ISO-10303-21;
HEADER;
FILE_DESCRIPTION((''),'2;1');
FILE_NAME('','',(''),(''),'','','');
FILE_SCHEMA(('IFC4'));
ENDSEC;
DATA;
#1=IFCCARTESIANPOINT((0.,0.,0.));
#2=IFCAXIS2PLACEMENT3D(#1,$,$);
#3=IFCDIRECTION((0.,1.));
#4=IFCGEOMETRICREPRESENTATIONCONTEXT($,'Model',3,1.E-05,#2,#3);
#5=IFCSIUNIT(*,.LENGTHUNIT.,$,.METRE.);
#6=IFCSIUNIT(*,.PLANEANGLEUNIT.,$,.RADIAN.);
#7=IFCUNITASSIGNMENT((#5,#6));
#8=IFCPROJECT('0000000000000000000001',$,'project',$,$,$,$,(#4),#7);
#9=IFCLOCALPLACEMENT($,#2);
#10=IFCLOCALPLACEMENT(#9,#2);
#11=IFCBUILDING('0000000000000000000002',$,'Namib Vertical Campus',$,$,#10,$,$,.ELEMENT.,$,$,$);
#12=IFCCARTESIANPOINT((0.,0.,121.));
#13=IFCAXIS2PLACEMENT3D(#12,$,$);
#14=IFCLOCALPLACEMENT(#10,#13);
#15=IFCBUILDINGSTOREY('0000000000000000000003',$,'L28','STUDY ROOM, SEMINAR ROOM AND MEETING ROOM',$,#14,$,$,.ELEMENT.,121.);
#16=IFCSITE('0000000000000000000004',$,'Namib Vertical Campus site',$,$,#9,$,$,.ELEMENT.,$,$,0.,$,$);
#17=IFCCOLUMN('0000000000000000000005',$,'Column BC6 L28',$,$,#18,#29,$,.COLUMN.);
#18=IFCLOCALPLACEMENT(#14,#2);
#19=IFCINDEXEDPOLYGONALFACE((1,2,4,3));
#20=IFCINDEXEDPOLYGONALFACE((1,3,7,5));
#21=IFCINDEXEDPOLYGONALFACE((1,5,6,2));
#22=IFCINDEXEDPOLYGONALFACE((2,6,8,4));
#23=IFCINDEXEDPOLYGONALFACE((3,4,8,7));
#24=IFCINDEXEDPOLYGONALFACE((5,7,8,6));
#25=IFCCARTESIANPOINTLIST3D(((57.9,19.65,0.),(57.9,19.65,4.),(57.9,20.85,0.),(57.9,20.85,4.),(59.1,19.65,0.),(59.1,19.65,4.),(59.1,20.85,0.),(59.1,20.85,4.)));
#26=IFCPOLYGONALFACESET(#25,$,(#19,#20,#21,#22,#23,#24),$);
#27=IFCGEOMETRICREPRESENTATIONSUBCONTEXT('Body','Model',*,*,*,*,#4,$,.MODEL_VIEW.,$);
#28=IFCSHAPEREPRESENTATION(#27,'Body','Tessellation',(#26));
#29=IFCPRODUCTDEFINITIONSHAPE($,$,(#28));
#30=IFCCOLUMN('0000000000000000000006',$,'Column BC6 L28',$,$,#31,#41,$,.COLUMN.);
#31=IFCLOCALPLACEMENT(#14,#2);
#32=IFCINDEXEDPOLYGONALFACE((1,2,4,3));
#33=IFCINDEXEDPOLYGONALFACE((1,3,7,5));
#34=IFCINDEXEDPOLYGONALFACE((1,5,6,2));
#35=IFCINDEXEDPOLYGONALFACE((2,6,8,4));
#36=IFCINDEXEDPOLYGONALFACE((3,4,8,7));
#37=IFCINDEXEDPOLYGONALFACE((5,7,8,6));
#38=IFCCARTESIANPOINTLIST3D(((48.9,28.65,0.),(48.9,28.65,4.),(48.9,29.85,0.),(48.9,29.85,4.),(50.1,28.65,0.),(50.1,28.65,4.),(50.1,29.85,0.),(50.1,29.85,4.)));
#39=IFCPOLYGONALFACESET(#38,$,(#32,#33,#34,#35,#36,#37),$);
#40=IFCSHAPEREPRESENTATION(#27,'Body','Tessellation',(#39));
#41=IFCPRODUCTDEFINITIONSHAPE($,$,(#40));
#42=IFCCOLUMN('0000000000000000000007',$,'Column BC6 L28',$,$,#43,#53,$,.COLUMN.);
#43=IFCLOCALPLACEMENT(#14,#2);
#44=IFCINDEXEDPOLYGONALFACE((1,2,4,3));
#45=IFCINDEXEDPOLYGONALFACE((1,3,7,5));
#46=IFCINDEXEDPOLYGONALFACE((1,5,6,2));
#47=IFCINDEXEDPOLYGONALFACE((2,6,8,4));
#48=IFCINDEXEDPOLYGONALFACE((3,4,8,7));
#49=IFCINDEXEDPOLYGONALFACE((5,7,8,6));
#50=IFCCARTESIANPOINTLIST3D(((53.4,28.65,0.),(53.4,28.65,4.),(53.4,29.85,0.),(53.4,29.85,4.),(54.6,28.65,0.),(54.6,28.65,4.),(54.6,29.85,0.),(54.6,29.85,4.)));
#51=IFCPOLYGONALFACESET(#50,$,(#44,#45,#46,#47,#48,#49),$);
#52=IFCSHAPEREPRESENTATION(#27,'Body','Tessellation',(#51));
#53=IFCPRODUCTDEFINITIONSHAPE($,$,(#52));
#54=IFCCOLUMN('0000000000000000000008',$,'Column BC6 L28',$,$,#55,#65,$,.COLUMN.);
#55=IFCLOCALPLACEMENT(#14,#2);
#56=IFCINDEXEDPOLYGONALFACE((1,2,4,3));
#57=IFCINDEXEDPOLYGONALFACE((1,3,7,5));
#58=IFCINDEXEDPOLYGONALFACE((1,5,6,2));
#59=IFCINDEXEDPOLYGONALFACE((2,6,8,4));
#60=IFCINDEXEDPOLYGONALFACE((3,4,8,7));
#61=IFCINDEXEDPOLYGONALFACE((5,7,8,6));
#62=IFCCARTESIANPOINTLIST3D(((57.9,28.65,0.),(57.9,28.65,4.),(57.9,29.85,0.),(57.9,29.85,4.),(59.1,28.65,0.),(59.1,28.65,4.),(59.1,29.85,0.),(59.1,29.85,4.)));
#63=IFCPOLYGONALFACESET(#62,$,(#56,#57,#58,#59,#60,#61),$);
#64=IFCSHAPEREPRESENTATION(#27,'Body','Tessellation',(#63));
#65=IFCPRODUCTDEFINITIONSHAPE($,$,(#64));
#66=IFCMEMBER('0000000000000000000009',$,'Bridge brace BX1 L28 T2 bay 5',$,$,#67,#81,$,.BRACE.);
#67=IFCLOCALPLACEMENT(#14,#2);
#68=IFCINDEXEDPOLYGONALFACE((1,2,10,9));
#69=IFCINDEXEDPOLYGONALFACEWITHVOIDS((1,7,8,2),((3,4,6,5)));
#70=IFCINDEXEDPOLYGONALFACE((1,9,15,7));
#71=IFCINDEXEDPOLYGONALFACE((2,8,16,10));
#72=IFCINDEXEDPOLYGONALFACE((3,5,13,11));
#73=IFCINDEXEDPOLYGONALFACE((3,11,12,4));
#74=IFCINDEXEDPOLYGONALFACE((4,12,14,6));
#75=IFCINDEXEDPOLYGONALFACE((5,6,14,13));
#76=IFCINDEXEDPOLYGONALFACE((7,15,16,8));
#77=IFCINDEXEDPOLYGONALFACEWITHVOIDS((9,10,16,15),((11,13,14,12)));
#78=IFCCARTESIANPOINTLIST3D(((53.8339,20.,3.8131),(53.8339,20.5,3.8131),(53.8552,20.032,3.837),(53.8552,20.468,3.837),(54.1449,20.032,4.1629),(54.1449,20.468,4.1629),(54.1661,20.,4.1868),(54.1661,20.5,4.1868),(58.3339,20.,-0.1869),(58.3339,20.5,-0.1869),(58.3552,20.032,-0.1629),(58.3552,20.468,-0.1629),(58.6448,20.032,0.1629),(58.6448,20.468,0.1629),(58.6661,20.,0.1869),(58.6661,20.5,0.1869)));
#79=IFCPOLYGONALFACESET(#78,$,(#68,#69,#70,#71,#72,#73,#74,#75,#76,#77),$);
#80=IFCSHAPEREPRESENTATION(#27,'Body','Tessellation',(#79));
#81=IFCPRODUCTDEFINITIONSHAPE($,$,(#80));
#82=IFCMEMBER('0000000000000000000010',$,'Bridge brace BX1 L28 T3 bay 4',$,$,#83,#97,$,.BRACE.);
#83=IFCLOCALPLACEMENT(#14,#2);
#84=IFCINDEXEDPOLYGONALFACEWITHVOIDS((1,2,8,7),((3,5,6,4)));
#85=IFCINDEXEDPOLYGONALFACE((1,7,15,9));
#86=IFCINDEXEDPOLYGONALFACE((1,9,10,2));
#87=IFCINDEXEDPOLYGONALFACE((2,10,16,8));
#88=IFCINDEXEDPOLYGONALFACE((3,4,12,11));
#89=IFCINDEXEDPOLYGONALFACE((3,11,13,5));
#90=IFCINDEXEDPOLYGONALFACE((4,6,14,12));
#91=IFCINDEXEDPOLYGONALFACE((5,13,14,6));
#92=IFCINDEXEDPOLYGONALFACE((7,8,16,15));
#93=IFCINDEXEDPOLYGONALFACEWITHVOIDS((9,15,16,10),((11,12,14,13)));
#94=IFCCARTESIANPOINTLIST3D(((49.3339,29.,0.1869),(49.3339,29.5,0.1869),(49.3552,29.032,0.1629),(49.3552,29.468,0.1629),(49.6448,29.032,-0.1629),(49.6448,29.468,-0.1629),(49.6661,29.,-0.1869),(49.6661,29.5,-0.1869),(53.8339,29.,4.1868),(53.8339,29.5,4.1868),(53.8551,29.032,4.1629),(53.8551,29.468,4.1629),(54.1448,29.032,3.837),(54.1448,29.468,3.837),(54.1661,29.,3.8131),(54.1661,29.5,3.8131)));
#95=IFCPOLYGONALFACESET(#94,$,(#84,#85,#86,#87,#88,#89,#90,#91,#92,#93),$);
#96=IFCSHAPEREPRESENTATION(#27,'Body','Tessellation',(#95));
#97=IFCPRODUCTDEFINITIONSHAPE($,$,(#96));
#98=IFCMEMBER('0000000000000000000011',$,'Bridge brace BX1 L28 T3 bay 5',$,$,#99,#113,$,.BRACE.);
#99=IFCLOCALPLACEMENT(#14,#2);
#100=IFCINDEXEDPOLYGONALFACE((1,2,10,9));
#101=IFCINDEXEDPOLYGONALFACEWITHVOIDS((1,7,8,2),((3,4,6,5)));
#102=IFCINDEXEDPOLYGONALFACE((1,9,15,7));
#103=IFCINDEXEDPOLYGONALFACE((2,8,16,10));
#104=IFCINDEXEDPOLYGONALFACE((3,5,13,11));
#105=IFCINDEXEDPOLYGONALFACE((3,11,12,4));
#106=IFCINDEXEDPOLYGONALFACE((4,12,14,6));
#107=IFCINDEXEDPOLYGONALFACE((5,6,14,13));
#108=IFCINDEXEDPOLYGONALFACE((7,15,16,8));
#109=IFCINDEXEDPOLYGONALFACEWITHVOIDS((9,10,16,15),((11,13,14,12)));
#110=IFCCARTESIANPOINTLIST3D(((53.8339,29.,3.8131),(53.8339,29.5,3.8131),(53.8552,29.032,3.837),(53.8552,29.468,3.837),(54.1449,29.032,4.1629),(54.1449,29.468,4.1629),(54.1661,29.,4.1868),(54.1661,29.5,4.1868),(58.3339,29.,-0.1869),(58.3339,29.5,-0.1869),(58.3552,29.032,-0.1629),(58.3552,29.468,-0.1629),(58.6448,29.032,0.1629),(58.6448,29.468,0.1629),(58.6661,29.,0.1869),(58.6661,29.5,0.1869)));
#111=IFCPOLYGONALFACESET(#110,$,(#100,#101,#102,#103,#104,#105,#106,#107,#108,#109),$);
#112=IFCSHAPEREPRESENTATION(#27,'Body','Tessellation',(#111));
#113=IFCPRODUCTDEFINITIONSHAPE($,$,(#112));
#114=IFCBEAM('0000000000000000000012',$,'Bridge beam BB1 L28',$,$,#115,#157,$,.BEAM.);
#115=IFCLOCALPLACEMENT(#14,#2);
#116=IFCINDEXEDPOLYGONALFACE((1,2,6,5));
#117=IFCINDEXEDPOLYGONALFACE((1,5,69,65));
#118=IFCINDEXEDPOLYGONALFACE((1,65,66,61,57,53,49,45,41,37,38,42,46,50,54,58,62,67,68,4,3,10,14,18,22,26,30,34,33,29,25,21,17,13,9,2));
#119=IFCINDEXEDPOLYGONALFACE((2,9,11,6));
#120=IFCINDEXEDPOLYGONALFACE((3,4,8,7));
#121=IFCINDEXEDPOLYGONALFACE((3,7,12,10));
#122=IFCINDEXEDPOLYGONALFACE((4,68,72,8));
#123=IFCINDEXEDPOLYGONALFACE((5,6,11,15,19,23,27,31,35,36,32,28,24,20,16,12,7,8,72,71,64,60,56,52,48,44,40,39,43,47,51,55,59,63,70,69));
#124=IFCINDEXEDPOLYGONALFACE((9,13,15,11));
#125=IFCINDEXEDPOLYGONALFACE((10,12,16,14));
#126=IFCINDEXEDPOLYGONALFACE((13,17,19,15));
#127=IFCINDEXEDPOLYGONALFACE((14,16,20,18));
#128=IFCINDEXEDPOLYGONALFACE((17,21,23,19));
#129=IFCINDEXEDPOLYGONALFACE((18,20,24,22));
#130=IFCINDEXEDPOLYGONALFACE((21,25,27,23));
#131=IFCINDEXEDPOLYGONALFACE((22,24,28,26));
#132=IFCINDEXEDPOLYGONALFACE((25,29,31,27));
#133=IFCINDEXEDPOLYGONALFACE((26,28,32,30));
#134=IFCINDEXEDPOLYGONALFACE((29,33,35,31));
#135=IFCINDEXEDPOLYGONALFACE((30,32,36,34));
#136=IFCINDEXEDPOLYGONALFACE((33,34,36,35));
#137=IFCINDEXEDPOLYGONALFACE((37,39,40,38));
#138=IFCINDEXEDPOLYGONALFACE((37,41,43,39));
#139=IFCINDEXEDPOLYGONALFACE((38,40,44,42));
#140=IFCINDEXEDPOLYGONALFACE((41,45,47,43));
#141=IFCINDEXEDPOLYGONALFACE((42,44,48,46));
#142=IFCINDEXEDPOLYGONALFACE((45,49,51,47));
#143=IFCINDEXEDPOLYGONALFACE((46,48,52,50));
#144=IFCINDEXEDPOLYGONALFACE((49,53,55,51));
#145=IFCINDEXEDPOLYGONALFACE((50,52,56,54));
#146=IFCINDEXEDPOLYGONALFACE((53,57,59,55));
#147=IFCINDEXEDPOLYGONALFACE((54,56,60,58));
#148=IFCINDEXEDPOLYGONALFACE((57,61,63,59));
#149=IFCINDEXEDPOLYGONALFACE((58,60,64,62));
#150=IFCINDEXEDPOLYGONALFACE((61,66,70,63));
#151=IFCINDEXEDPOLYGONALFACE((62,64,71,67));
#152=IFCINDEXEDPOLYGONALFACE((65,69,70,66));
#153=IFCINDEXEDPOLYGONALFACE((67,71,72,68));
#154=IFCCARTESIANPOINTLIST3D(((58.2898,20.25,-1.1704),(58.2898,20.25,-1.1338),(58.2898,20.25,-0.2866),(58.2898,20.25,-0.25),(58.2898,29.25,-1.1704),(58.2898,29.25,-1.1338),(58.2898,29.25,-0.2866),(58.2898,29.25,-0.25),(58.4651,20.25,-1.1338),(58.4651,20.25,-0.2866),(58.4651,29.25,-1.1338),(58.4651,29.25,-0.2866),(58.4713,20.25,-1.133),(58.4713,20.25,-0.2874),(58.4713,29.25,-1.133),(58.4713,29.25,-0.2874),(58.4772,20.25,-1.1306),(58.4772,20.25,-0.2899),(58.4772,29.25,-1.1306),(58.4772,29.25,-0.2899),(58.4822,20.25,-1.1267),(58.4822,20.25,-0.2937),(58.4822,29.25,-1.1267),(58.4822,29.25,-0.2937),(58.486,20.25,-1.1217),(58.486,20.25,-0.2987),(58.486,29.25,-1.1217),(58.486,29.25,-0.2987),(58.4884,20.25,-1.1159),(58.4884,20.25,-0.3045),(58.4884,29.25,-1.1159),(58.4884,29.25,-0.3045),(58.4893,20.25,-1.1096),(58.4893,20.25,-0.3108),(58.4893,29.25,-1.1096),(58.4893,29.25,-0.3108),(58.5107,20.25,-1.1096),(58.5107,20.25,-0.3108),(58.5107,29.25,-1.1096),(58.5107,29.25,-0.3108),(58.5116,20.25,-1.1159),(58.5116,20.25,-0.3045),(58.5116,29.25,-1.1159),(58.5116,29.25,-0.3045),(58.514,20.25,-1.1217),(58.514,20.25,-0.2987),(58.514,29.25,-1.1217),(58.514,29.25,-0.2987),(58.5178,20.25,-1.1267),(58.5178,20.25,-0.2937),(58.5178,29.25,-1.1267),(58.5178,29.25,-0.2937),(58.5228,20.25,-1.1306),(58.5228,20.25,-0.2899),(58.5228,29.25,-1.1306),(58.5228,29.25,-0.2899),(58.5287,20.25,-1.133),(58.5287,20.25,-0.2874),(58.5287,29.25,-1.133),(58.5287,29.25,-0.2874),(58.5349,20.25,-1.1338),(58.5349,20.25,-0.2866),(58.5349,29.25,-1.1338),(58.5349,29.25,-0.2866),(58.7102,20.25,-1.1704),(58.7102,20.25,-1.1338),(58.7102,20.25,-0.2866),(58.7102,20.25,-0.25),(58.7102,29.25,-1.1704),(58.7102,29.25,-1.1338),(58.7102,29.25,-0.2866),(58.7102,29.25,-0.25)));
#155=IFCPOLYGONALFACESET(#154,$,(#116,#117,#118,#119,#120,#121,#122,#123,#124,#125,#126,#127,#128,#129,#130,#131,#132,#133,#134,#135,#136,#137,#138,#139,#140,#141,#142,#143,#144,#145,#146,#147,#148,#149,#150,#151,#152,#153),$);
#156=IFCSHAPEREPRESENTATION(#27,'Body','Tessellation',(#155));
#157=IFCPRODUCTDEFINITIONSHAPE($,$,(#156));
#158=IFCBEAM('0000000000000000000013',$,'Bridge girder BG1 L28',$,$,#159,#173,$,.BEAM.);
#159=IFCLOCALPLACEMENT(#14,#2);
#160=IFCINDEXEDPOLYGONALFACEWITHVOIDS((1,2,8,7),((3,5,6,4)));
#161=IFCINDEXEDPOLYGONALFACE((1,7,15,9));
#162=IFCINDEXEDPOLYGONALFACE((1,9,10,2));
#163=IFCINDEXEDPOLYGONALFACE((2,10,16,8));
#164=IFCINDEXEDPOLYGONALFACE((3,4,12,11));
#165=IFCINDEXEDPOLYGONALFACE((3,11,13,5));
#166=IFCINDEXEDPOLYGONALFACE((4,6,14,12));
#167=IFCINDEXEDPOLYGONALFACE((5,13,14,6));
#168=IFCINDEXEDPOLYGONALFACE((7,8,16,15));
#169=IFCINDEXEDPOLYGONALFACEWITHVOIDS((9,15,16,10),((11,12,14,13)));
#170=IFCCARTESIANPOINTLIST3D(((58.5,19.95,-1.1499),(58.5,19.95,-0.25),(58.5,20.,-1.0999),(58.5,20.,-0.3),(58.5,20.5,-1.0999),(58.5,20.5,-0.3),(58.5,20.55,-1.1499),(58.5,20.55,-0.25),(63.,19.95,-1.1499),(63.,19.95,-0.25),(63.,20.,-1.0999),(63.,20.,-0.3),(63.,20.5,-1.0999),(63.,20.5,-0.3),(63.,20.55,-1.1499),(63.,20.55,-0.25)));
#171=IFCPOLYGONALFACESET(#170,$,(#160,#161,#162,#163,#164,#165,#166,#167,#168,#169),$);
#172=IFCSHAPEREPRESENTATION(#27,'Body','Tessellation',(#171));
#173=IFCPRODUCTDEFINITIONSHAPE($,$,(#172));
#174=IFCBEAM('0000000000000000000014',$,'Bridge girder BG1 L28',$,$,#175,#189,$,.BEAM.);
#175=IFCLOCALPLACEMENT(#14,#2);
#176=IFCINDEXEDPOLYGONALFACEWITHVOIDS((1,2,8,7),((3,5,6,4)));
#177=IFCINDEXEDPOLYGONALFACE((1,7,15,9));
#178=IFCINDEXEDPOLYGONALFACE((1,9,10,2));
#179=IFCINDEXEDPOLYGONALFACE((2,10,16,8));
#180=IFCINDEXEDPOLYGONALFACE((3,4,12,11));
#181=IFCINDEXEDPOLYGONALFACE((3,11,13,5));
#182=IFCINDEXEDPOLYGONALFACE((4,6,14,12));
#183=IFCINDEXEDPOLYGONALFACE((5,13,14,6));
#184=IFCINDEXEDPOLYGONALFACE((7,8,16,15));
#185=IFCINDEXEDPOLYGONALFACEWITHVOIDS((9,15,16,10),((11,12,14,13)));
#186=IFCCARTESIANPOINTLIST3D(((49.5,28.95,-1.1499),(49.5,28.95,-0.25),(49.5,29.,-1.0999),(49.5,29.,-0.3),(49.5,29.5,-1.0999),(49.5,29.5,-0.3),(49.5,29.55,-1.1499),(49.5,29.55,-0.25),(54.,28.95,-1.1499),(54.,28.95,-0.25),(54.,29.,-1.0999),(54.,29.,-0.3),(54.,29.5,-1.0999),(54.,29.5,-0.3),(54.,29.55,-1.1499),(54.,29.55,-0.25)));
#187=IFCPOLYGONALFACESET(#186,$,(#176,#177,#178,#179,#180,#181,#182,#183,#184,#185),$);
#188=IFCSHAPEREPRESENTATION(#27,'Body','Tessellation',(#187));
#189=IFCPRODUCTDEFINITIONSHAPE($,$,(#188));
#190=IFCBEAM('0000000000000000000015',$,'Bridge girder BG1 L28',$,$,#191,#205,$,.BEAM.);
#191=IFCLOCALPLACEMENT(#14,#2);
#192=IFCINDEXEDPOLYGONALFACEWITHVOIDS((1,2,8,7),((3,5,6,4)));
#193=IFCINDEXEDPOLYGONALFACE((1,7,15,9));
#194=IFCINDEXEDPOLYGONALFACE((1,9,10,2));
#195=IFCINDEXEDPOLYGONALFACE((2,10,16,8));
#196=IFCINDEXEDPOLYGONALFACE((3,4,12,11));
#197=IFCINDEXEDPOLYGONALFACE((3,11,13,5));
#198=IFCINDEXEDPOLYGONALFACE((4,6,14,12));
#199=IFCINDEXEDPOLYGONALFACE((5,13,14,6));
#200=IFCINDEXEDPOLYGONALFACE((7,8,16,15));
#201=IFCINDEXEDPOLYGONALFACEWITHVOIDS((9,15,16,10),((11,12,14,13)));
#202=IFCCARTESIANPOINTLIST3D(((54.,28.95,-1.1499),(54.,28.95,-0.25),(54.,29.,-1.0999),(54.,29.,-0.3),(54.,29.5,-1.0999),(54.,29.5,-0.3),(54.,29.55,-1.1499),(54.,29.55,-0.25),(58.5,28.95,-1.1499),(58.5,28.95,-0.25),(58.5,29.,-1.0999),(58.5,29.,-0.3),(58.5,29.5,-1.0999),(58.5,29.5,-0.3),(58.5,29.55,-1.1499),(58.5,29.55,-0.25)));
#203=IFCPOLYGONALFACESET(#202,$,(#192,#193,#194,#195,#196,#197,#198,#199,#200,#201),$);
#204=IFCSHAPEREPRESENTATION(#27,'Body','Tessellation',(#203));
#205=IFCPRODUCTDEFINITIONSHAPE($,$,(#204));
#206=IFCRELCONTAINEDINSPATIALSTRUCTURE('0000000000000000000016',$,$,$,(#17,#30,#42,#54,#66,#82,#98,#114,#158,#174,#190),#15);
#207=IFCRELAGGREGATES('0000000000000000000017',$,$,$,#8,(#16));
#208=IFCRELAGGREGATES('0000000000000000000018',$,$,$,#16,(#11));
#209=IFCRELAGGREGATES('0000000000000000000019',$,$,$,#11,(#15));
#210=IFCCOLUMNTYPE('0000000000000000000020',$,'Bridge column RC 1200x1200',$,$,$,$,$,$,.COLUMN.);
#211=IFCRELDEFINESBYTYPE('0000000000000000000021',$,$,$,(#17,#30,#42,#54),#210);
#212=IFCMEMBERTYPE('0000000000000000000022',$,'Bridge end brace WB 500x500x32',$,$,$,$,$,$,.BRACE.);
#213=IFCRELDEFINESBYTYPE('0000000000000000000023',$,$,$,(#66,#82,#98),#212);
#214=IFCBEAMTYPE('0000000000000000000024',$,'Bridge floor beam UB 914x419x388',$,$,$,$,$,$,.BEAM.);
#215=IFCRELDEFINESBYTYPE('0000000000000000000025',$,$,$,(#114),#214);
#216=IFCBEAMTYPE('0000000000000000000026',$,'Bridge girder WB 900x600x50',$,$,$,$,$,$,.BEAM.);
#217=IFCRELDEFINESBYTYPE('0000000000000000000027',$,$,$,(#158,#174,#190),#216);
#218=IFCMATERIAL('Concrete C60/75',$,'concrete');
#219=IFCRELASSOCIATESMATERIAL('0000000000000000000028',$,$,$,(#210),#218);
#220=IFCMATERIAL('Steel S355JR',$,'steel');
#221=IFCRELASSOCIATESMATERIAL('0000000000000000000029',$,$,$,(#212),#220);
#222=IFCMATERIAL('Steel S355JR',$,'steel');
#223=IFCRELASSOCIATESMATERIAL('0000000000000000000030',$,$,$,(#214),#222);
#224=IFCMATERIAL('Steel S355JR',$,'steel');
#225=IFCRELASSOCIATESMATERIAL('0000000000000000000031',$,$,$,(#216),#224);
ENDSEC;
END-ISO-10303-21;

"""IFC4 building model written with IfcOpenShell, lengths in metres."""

from ifc_helpers import new_model, si_unit, direction, frame, origin, origin_2d, place, context, subcontext, project, spatial, rectangle, hollow_rectangle, i_section, extrude, material, material_profile, profile_set, type_object, element, save


model = new_model("IFC4")

# Units and contexts
model_context = context("Model", 3, precision=1e-05, world=origin(), true_north=direction((0.0, 1.0)))
body_context = subcontext(model_context, "Body", "Model", "MODEL_VIEW")
ifc_project = project(units=[si_unit("LENGTHUNIT", "METRE"), si_unit("PLANEANGLEUNIT", "RADIAN")], contexts=[model_context])

# Site, building, storey
site_placement = place(None, origin())
site = spatial("IfcSite", under=ifc_project, at=site_placement, Name="Namib Vertical Campus site", CompositionType="ELEMENT", RefElevation=0.0)
building_placement = place(site_placement, origin())
building = spatial("IfcBuilding", under=site, at=building_placement, Name="Namib Vertical Campus", CompositionType="ELEMENT")
storey_placement = place(building_placement, frame((0.0, 0.0, 121.0)))
storey = spatial("IfcBuildingStorey", under=building, at=storey_placement, Name="L28", Description="STUDY ROOM, SEMINAR ROOM AND MEETING ROOM", CompositionType="ELEMENT", Elevation=121.0)

# Columns
ifc_material_1 = material(Name="Concrete C60/75", Category="concrete")
ifc_material_profile_1 = material_profile(ifc_material_1, rectangle(XDim=1.2, YDim=1.2, at=origin_2d()))
ifc_profile_set_1 = profile_set([ifc_material_profile_1], Name="Concrete C60/75")
column_type = type_object("IfcColumnType", Name="Bridge column RC 1200x1200", PredefinedType="COLUMN", material=ifc_profile_set_1)
for number, where, z_axis, x_axis, name in (
    (1, (58.5, 20.25, 0.0), (0.0, 0.0, 1.0), (1.0, 0.0, 0.0), "Column BC6 L28"),
    (2, (49.5, 29.25, 0.0), (0.0, 0.0, 1.0), (1.0, 0.0, 0.0), "Column BC6 L28"),
    (3, (54.0, 29.25, 0.0), (0.0, 0.0, 1.0), (1.0, 0.0, 0.0), "Column BC6 L28"),
    (4, (58.5, 29.25, 0.0), (0.0, 0.0, 1.0), (1.0, 0.0, 0.0), "Column BC6 L28"),
):
    element("IfcColumn", number, at=place(storey_placement, frame(where, z_axis=z_axis, x_axis=x_axis)), inside=storey, type_object=column_type, Name=name, PredefinedType="COLUMN", context=body_context, shape_type="SweptSolid", body=[
        extrude(rectangle(XDim=1.2, YDim=1.2, at=origin_2d()), origin(), (0.0, 0.0, 1.0), 4.0),
    ])

# Members
ifc_material_2 = material(Name="Steel S355JR", Category="steel")
ifc_material_profile_2 = material_profile(ifc_material_2, hollow_rectangle(XDim=0.5, YDim=0.5, WallThickness=0.032, at=origin_2d()))
ifc_profile_set_2 = profile_set([ifc_material_profile_2], Name="Steel S355JR")
member_type_1 = type_object("IfcMemberType", Name="Bridge end brace WB 500x500x32", PredefinedType="BRACE", material=ifc_profile_set_2)
for number, where, z_axis, x_axis, name in (
    (5, (58.5, 20.25, 0.0), (-0.747409, 0.0, 0.664364), (0.0, -1.0, 0.0), "Bridge brace BX1 L28 T2 bay 5"),
    (6, (49.5, 29.25, 0.0), (0.747409, 0.0, 0.664364), (0.0, 1.0, 0.0), "Bridge brace BX1 L28 T3 bay 4"),
    (7, (58.5, 29.25, 0.0), (-0.747409, 0.0, 0.664364), (0.0, -1.0, 0.0), "Bridge brace BX1 L28 T3 bay 5"),
):
    element("IfcMember", number, at=place(storey_placement, frame(where, z_axis=z_axis, x_axis=x_axis)), inside=storey, type_object=member_type_1, Name=name, PredefinedType="BRACE", context=body_context, shape_type="SweptSolid", body=[
        extrude(hollow_rectangle(XDim=0.5, YDim=0.5, WallThickness=0.032, at=origin_2d()), origin(), (0.0, 0.0, 1.0), 6.0208),
    ])

# Beams
ifc_material_3 = material(Name="Steel S355JR", Category="steel")
ifc_material_profile_3 = material_profile(ifc_material_3, i_section(OverallWidth=0.4204, OverallDepth=0.9204, WebThickness=0.0215, FlangeThickness=0.0366, FilletRadius=0.0242, at=origin_2d()))
ifc_profile_set_3 = profile_set([ifc_material_profile_3], Name="Steel S355JR")
beam_type_1 = type_object("IfcBeamType", Name="Bridge floor beam UB 914x419x388", PredefinedType="BEAM", material=ifc_profile_set_3)
beam_placement = place(storey_placement, frame((58.5, 20.25, -0.7102), z_axis=(0.0, 1.0, 0.0), x_axis=(-1.0, 0.0, 0.0)))
element("IfcBeam", 8, at=beam_placement, inside=storey, type_object=beam_type_1, Name="Bridge beam BB1 L28", PredefinedType="BEAM", context=body_context, shape_type="SweptSolid", body=[
    extrude(i_section(OverallWidth=0.4204, OverallDepth=0.9204, WebThickness=0.0215, FlangeThickness=0.0366, FilletRadius=0.0242, at=origin_2d()), origin(), (0.0, 0.0, 1.0), 9.0),
])
ifc_material_4 = material(Name="Steel S355JR", Category="steel")
ifc_material_profile_4 = material_profile(ifc_material_4, hollow_rectangle(XDim=0.6001, YDim=0.8999, WallThickness=0.05, at=origin_2d()))
ifc_profile_set_4 = profile_set([ifc_material_profile_4], Name="Steel S355JR")
beam_type_2 = type_object("IfcBeamType", Name="Bridge girder WB 900x600x50", PredefinedType="BEAM", material=ifc_profile_set_4)
for number, where, z_axis, x_axis, name in (
    (9, (58.5, 20.25, -0.7), (1.0, 0.0, 0.0), (0.0, 1.0, 0.0), "Bridge girder BG1 L28"),
    (10, (49.5, 29.25, -0.7), (1.0, 0.0, 0.0), (0.0, 1.0, 0.0), "Bridge girder BG1 L28"),
    (11, (54.0, 29.25, -0.7), (1.0, 0.0, 0.0), (0.0, 1.0, 0.0), "Bridge girder BG1 L28"),
):
    element("IfcBeam", number, at=place(storey_placement, frame(where, z_axis=z_axis, x_axis=x_axis)), inside=storey, type_object=beam_type_2, Name=name, PredefinedType="BEAM", context=body_context, shape_type="SweptSolid", body=[
        extrude(hollow_rectangle(XDim=0.6001, YDim=0.8999, WallThickness=0.05, at=origin_2d()), origin(), (0.0, 0.0, 1.0), 4.5),
    ])

save(model, "model.ifc")
